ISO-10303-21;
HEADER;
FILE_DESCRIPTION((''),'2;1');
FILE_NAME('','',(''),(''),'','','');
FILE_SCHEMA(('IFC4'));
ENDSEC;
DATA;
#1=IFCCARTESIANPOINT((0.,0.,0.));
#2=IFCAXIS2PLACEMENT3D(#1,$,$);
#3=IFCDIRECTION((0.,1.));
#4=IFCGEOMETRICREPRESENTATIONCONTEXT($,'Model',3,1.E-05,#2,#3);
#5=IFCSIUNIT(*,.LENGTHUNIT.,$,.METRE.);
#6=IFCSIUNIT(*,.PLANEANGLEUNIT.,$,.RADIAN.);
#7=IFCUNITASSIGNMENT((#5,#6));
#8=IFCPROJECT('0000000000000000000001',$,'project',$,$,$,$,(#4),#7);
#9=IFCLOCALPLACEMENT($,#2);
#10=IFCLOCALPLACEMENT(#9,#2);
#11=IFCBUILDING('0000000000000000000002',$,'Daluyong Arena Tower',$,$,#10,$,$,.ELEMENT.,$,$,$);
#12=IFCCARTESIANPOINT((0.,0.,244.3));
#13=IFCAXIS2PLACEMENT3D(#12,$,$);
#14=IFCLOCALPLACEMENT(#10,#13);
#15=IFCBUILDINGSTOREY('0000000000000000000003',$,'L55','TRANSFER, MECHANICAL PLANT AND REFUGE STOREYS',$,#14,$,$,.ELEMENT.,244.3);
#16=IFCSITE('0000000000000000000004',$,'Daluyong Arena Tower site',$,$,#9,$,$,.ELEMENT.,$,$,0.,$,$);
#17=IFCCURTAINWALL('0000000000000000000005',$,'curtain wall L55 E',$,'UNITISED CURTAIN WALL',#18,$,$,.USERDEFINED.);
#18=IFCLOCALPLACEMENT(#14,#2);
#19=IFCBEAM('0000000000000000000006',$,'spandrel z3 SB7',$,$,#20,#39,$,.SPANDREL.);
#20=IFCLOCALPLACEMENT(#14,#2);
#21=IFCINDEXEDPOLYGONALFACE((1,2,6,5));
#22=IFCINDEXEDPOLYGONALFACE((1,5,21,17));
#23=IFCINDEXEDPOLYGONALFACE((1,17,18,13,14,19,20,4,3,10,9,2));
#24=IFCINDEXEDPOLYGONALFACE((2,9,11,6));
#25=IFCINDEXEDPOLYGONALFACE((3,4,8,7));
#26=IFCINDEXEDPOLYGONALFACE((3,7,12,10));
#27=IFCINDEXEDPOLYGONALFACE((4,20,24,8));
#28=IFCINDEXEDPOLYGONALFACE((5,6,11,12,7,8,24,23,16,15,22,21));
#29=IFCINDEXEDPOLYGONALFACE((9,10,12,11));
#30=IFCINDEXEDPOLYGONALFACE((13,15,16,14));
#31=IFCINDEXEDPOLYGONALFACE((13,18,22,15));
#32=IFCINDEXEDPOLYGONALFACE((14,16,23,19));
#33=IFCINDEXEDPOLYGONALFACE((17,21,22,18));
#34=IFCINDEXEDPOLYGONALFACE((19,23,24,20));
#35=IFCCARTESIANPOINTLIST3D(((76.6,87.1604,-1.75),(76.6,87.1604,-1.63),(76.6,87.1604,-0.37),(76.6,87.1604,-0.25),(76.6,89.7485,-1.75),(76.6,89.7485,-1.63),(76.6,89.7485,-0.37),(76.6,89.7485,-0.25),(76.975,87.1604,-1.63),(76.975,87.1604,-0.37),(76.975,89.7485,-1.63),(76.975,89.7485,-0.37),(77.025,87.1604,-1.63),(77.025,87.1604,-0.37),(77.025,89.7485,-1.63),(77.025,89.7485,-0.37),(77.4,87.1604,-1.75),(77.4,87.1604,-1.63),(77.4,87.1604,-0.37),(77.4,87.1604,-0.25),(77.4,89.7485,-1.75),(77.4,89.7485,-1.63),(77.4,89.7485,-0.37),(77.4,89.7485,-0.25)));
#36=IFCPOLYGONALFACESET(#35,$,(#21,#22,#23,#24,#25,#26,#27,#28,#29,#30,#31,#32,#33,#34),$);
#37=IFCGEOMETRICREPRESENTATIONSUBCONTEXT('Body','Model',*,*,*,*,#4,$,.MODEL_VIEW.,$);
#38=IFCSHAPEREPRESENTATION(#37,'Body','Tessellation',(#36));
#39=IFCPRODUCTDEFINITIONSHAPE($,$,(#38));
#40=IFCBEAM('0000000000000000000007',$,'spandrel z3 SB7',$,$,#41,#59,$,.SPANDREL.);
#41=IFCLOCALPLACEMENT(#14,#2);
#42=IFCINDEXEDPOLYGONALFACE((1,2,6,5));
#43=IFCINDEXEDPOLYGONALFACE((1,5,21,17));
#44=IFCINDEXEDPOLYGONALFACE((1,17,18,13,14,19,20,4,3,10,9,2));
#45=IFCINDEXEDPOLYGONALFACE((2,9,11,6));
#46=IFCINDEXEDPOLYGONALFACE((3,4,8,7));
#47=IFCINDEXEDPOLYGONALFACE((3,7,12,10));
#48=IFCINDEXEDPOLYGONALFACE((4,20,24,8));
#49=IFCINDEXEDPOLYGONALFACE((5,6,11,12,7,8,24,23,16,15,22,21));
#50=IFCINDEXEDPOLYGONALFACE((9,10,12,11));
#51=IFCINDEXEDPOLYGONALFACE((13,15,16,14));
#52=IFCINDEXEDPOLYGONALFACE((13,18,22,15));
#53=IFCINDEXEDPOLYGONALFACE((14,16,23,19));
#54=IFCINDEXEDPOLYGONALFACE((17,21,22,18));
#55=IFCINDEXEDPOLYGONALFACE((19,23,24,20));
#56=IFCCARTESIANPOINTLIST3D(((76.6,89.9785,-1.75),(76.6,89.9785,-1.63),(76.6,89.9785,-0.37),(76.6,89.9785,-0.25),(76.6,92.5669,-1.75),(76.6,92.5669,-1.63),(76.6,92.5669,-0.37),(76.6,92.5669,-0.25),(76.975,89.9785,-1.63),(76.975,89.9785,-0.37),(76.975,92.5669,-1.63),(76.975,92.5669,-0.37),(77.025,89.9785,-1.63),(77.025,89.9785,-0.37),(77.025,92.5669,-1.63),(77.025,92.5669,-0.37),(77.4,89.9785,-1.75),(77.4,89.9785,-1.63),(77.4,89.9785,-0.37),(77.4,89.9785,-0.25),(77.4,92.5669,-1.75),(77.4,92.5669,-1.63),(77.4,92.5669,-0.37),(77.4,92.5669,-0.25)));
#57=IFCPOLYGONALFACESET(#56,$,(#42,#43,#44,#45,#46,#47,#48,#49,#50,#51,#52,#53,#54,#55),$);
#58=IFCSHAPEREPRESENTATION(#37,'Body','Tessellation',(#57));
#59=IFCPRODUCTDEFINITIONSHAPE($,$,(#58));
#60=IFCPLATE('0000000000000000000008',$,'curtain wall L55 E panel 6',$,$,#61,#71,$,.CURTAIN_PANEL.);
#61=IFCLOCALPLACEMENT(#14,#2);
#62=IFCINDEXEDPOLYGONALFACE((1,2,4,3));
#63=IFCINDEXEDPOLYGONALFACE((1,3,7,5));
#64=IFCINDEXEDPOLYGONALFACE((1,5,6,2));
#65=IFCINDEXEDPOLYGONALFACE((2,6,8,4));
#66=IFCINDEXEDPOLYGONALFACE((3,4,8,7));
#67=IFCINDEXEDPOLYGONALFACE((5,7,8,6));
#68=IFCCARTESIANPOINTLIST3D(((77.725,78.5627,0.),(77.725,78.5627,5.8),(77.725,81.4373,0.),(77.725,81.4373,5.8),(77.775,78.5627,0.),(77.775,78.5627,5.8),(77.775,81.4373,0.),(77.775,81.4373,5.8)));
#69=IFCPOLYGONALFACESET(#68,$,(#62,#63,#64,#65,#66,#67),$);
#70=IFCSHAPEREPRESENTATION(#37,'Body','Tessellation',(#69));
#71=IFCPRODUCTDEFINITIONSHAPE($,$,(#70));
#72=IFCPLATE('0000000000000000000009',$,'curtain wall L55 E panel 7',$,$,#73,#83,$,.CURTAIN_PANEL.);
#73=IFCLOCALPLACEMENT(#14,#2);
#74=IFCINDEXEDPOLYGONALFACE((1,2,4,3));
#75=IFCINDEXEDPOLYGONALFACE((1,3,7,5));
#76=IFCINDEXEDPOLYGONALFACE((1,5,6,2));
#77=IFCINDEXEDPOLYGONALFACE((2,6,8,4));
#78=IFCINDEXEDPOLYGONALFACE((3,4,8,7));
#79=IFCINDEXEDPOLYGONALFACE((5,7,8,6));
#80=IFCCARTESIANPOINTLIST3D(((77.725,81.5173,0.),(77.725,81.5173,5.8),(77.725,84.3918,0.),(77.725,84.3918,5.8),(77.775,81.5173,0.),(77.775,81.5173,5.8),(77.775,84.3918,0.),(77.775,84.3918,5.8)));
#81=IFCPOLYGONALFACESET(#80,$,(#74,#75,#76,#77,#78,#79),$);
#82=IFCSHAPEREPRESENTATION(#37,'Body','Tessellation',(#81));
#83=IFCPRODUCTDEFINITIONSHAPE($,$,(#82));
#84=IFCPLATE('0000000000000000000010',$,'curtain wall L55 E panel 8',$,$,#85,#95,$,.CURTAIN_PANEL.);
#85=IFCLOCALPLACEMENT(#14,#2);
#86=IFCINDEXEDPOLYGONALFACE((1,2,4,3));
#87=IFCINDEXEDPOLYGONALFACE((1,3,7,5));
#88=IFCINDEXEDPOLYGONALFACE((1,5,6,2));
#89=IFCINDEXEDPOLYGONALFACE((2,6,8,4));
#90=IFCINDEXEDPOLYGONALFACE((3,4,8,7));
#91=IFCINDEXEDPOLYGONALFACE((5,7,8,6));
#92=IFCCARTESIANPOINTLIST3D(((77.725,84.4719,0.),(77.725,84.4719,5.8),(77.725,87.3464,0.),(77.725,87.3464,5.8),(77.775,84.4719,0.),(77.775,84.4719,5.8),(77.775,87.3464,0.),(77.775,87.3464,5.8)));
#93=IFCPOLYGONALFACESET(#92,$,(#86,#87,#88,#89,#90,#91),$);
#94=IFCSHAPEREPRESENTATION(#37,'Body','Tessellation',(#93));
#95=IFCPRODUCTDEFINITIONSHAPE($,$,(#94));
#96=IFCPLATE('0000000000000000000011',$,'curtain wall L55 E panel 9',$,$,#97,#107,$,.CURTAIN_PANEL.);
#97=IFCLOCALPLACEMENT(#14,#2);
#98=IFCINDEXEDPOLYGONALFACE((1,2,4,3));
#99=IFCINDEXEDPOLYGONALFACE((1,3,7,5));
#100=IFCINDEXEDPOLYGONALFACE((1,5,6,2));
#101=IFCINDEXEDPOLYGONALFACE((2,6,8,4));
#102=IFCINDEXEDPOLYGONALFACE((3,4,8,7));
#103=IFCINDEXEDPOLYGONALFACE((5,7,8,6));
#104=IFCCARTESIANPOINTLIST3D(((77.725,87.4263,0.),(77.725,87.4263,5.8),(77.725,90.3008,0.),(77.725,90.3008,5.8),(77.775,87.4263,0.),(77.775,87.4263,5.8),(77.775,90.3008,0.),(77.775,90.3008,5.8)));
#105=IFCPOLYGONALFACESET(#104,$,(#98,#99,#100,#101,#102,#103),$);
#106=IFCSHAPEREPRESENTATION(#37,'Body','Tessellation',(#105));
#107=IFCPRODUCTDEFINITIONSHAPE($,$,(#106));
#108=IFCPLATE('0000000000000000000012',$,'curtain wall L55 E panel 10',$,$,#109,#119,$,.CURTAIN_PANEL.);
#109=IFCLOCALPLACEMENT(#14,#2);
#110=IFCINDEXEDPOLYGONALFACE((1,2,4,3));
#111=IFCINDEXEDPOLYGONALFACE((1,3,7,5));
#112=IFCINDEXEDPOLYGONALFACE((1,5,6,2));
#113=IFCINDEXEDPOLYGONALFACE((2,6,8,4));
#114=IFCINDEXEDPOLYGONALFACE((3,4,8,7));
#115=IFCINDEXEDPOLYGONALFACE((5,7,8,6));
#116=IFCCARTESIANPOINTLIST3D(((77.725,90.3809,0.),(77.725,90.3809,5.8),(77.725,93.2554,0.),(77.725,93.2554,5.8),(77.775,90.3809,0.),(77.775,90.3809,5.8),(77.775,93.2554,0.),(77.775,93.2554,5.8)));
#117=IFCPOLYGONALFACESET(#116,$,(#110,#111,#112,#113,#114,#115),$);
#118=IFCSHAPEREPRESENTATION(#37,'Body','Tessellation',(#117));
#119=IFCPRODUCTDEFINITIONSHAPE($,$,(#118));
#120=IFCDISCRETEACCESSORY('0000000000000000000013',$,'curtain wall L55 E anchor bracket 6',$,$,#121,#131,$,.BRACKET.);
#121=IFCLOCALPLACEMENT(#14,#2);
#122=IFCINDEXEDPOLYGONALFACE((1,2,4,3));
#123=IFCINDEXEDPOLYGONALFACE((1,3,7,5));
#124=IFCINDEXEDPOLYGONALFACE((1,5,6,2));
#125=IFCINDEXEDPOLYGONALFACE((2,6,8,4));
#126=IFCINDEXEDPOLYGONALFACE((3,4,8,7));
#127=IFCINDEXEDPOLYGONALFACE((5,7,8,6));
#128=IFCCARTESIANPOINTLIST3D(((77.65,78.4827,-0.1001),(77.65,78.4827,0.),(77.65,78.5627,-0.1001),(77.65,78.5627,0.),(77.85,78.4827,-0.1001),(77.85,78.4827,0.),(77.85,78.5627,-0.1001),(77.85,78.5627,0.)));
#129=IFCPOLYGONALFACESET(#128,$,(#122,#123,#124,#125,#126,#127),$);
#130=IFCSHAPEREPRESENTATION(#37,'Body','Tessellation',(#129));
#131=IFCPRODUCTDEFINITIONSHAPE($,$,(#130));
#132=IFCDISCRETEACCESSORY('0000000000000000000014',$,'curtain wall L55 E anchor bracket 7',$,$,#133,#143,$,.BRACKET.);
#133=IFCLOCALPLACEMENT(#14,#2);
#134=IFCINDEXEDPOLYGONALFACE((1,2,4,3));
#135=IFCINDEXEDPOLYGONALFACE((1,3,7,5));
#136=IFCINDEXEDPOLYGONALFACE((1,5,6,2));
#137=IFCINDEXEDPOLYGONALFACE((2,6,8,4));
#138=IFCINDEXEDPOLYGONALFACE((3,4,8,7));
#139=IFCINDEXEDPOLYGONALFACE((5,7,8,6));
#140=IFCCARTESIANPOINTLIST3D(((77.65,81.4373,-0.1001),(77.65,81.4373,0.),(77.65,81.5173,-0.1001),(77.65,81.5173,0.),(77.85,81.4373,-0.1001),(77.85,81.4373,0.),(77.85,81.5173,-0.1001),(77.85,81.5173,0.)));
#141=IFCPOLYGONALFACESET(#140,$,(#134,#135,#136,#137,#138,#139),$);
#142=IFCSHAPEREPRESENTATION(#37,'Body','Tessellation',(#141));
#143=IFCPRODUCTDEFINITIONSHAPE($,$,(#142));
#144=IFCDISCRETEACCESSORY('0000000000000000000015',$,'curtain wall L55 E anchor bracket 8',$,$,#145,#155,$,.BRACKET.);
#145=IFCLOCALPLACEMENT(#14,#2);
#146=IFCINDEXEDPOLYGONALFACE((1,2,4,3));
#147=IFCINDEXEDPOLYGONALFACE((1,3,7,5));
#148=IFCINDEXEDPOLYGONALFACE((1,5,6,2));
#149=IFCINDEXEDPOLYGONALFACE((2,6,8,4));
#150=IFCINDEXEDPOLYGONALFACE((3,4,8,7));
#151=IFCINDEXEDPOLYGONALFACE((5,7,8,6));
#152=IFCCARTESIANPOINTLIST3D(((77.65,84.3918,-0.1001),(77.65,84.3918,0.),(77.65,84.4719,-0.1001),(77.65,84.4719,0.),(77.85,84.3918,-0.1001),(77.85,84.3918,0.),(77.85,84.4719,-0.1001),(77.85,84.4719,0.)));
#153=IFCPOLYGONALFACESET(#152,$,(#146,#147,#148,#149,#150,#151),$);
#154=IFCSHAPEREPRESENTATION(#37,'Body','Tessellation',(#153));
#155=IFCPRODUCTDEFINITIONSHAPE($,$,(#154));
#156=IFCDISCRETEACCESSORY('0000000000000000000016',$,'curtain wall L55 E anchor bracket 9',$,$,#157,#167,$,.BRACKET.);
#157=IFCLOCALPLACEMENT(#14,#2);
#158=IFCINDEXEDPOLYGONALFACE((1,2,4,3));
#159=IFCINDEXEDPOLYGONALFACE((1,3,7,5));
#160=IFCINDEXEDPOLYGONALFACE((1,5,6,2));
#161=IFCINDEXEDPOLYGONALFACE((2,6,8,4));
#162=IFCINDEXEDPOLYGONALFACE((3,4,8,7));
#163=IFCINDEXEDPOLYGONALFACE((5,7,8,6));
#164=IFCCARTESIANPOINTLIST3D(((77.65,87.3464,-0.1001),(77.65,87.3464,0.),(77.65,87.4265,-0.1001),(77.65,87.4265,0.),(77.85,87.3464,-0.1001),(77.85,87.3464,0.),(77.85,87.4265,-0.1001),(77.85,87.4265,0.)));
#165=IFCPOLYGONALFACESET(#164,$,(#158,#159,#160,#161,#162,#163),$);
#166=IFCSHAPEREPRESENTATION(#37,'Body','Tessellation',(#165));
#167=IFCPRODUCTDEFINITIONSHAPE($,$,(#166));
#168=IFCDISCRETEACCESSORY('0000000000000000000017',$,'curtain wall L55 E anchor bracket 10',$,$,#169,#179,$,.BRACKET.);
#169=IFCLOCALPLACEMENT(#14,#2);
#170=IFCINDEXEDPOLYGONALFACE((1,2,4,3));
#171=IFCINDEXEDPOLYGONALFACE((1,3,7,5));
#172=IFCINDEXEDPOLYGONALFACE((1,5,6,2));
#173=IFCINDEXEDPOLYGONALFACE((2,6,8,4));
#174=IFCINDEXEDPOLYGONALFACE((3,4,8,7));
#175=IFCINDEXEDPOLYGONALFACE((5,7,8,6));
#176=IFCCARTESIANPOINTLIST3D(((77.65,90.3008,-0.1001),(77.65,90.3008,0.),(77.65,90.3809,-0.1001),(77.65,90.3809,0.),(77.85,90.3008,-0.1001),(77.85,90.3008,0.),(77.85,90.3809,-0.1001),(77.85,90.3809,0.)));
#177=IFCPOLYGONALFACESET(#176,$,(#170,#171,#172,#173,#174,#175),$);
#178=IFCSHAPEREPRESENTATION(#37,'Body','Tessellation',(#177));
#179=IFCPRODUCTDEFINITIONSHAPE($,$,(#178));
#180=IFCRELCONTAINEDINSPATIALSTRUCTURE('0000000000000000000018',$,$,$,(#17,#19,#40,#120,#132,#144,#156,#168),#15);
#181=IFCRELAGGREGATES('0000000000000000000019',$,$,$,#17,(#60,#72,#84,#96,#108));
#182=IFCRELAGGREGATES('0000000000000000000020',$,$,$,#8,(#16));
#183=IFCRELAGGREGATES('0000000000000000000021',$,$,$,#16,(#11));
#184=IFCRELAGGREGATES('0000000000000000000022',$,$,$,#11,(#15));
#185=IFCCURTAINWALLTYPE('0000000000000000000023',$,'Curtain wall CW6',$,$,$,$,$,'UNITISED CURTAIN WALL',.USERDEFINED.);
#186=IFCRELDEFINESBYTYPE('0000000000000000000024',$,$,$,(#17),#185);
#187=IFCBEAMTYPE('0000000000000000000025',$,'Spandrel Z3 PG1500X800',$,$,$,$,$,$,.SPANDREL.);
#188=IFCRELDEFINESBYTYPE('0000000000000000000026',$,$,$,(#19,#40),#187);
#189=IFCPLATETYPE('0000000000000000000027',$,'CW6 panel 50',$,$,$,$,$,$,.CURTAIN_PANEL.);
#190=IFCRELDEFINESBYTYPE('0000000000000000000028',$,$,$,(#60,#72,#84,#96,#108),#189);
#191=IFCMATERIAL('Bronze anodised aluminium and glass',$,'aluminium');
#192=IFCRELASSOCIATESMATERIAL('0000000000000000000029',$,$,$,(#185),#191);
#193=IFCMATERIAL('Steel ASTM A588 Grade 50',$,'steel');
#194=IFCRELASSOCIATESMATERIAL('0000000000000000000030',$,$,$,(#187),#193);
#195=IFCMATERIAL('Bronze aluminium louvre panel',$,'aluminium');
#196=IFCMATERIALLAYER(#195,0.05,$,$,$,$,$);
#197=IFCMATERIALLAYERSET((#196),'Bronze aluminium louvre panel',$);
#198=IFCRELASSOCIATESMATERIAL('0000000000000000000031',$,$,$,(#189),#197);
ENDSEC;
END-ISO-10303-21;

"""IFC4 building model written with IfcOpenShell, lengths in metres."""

from ifc_helpers import new_model, si_unit, direction, frame, origin, origin_2d, place, context, subcontext, project, spatial, rectangle, i_section, extrude, material, layer, layer_set, material_profile, profile_set, type_object, element, aggregate, save


model = new_model("IFC4")

# Units and contexts
model_context = context("Model", 3, precision=1e-05, world=origin(), true_north=direction((0.0, 1.0)))
body_context = subcontext(model_context, "Body", "Model", "MODEL_VIEW")
ifc_project = project(units=[si_unit("LENGTHUNIT", "METRE"), si_unit("PLANEANGLEUNIT", "RADIAN")], contexts=[model_context])

# Site, building, storey
site_placement = place(None, origin())
site = spatial("IfcSite", under=ifc_project, at=site_placement, Name="Daluyong Arena Tower site", CompositionType="ELEMENT", RefElevation=0.0)
building_placement = place(site_placement, origin())
building = spatial("IfcBuilding", under=site, at=building_placement, Name="Daluyong Arena Tower", CompositionType="ELEMENT")
storey_placement = place(building_placement, frame((0.0, 0.0, 244.3)))
storey = spatial("IfcBuildingStorey", under=building, at=storey_placement, Name="L55", Description="TRANSFER, MECHANICAL PLANT AND REFUGE STOREYS", CompositionType="ELEMENT", Elevation=244.3)

# Curtain wall
ifc_material_1 = material(Name="Bronze anodised aluminium and glass", Category="aluminium")
curtain_wall_type = type_object("IfcCurtainWallType", Name="Curtain wall CW6", ElementType="UNITISED CURTAIN WALL", PredefinedType="USERDEFINED", material=ifc_material_1)
curtain_wall_placement = place(storey_placement, origin())
curtain_wall = element("IfcCurtainWall", 1, at=curtain_wall_placement, inside=storey, type_object=curtain_wall_type, Name="curtain wall L55 E", ObjectType="UNITISED CURTAIN WALL", PredefinedType="USERDEFINED")

# Beams
ifc_material_2 = material(Name="Steel ASTM A588 Grade 50", Category="steel")
ifc_material_profile_1 = material_profile(ifc_material_2, i_section(OverallWidth=0.8, OverallDepth=1.5, WebThickness=0.05, FlangeThickness=0.12, at=origin_2d()))
ifc_profile_set_1 = profile_set([ifc_material_profile_1], Name="Steel ASTM A588 Grade 50")
beam_type = type_object("IfcBeamType", Name="Spandrel Z3 PG1500X800", PredefinedType="SPANDREL", material=ifc_profile_set_1)
for number, where, z_axis, x_axis, name in (
    (2, (77.0, 87.1604, -1.0), (0.0, 1.0, 0.0), (-1.0, 0.0, 0.0), "spandrel z3 SB7"),
):
    element("IfcBeam", number, at=place(storey_placement, frame(where, z_axis=z_axis, x_axis=x_axis)), inside=storey, type_object=beam_type, Name=name, PredefinedType="SPANDREL", context=body_context, shape_type="SweptSolid", body=[
        extrude(i_section(OverallWidth=0.8, OverallDepth=1.5, WebThickness=0.05, FlangeThickness=0.12, at=origin_2d()), origin(), (0.0, 0.0, 1.0), 2.5881),
    ])
beam_1_placement = place(storey_placement, frame((77.0, 89.9785, -1.0), z_axis=(0.0, 1.0, 0.0), x_axis=(-1.0, 0.0, 0.0)))
element("IfcBeam", 3, at=beam_1_placement, inside=storey, type_object=beam_type, Name="spandrel z3 SB7", PredefinedType="SPANDREL", context=body_context, shape_type="SweptSolid", body=[
    extrude(i_section(OverallWidth=0.8, OverallDepth=1.5, WebThickness=0.05, FlangeThickness=0.12, at=origin_2d()), origin(), (0.0, 0.0, 1.0), 2.5884),
])

# Plates
ifc_material_3 = material(Name="Bronze aluminium louvre panel", Category="aluminium")
ifc_layer = layer(ifc_material_3, 0.05)
ifc_layer_set = layer_set([ifc_layer], Name="Bronze aluminium louvre panel")
plate_type = type_object("IfcPlateType", Name="CW6 panel 50", PredefinedType="CURTAIN_PANEL", material=ifc_layer_set)
plate_1_placement = place(storey_placement, frame((77.75, 80.0, 0.0), z_axis=(0.0, 0.0, 1.0), x_axis=(0.0, 1.0, 0.0)))
plate_1 = element("IfcPlate", 4, at=plate_1_placement, type_object=plate_type, Name="curtain wall L55 E panel 6", PredefinedType="CURTAIN_PANEL", context=body_context, shape_type="SweptSolid", body=[
    extrude(rectangle(XDim=2.8745, YDim=0.05, at=origin_2d()), origin(), (0.0, 0.0, 1.0), 5.8),
])
plate_2_placement = place(storey_placement, frame((77.75, 82.9546, 0.0), z_axis=(0.0, 0.0, 1.0), x_axis=(0.0, 1.0, 0.0)))
plate_2 = element("IfcPlate", 5, at=plate_2_placement, type_object=plate_type, Name="curtain wall L55 E panel 7", PredefinedType="CURTAIN_PANEL", context=body_context, shape_type="SweptSolid", body=[
    extrude(rectangle(XDim=2.8745, YDim=0.05, at=origin_2d()), origin(), (0.0, 0.0, 1.0), 5.8),
])
plate_3_placement = place(storey_placement, frame((77.75, 85.9092, 0.0), z_axis=(0.0, 0.0, 1.0), x_axis=(0.0, 1.0, 0.0)))
plate_3 = element("IfcPlate", 6, at=plate_3_placement, type_object=plate_type, Name="curtain wall L55 E panel 8", PredefinedType="CURTAIN_PANEL", context=body_context, shape_type="SweptSolid", body=[
    extrude(rectangle(XDim=2.8745, YDim=0.05, at=origin_2d()), origin(), (0.0, 0.0, 1.0), 5.8),
])
plate_4_placement = place(storey_placement, frame((77.75, 88.8635, 0.0), z_axis=(0.0, 0.0, 1.0), x_axis=(0.0, 1.0, 0.0)))
plate_4 = element("IfcPlate", 7, at=plate_4_placement, type_object=plate_type, Name="curtain wall L55 E panel 9", PredefinedType="CURTAIN_PANEL", context=body_context, shape_type="SweptSolid", body=[
    extrude(rectangle(XDim=2.8745, YDim=0.05, at=origin_2d()), origin(), (0.0, 0.0, 1.0), 5.8),
])
plate_5_placement = place(storey_placement, frame((77.75, 91.8181, 0.0), z_axis=(0.0, 0.0, 1.0), x_axis=(0.0, 1.0, 0.0)))
plate_5 = element("IfcPlate", 8, at=plate_5_placement, type_object=plate_type, Name="curtain wall L55 E panel 10", PredefinedType="CURTAIN_PANEL", context=body_context, shape_type="SweptSolid", body=[
    extrude(rectangle(XDim=2.8745, YDim=0.05, at=origin_2d()), origin(), (0.0, 0.0, 1.0), 5.8),
])
aggregate(curtain_wall, [plate_1, plate_2, plate_3, plate_4, plate_5])

# Discrete accessories
for number, where, z_axis, x_axis, name in (
    (9, (77.75, 78.5227, -0.1001), (0.0, 0.0, 1.0), (0.0, 1.0, 0.0), "curtain wall L55 E anchor bracket 6"),
    (10, (77.75, 81.4773, -0.1001), (0.0, 0.0, 1.0), (0.0, 1.0, 0.0), "curtain wall L55 E anchor bracket 7"),
    (11, (77.75, 84.4319, -0.1001), (0.0, 0.0, 1.0), (0.0, 1.0, 0.0), "curtain wall L55 E anchor bracket 8"),
    (12, (77.75, 87.3865, -0.1001), (0.0, 0.0, 1.0), (0.0, 1.0, 0.0), "curtain wall L55 E anchor bracket 9"),
    (13, (77.75, 90.3408, -0.1001), (0.0, 0.0, 1.0), (0.0, 1.0, 0.0), "curtain wall L55 E anchor bracket 10"),
):
    element("IfcDiscreteAccessory", number, at=place(storey_placement, frame(where, z_axis=z_axis, x_axis=x_axis)), inside=storey, Name=name, PredefinedType="BRACKET", context=body_context, shape_type="SweptSolid", body=[
        extrude(rectangle(XDim=0.0801, YDim=0.2, at=origin_2d()), origin(), (0.0, 0.0, 1.0), 0.1001),
    ])

save(model, "model.ifc")
